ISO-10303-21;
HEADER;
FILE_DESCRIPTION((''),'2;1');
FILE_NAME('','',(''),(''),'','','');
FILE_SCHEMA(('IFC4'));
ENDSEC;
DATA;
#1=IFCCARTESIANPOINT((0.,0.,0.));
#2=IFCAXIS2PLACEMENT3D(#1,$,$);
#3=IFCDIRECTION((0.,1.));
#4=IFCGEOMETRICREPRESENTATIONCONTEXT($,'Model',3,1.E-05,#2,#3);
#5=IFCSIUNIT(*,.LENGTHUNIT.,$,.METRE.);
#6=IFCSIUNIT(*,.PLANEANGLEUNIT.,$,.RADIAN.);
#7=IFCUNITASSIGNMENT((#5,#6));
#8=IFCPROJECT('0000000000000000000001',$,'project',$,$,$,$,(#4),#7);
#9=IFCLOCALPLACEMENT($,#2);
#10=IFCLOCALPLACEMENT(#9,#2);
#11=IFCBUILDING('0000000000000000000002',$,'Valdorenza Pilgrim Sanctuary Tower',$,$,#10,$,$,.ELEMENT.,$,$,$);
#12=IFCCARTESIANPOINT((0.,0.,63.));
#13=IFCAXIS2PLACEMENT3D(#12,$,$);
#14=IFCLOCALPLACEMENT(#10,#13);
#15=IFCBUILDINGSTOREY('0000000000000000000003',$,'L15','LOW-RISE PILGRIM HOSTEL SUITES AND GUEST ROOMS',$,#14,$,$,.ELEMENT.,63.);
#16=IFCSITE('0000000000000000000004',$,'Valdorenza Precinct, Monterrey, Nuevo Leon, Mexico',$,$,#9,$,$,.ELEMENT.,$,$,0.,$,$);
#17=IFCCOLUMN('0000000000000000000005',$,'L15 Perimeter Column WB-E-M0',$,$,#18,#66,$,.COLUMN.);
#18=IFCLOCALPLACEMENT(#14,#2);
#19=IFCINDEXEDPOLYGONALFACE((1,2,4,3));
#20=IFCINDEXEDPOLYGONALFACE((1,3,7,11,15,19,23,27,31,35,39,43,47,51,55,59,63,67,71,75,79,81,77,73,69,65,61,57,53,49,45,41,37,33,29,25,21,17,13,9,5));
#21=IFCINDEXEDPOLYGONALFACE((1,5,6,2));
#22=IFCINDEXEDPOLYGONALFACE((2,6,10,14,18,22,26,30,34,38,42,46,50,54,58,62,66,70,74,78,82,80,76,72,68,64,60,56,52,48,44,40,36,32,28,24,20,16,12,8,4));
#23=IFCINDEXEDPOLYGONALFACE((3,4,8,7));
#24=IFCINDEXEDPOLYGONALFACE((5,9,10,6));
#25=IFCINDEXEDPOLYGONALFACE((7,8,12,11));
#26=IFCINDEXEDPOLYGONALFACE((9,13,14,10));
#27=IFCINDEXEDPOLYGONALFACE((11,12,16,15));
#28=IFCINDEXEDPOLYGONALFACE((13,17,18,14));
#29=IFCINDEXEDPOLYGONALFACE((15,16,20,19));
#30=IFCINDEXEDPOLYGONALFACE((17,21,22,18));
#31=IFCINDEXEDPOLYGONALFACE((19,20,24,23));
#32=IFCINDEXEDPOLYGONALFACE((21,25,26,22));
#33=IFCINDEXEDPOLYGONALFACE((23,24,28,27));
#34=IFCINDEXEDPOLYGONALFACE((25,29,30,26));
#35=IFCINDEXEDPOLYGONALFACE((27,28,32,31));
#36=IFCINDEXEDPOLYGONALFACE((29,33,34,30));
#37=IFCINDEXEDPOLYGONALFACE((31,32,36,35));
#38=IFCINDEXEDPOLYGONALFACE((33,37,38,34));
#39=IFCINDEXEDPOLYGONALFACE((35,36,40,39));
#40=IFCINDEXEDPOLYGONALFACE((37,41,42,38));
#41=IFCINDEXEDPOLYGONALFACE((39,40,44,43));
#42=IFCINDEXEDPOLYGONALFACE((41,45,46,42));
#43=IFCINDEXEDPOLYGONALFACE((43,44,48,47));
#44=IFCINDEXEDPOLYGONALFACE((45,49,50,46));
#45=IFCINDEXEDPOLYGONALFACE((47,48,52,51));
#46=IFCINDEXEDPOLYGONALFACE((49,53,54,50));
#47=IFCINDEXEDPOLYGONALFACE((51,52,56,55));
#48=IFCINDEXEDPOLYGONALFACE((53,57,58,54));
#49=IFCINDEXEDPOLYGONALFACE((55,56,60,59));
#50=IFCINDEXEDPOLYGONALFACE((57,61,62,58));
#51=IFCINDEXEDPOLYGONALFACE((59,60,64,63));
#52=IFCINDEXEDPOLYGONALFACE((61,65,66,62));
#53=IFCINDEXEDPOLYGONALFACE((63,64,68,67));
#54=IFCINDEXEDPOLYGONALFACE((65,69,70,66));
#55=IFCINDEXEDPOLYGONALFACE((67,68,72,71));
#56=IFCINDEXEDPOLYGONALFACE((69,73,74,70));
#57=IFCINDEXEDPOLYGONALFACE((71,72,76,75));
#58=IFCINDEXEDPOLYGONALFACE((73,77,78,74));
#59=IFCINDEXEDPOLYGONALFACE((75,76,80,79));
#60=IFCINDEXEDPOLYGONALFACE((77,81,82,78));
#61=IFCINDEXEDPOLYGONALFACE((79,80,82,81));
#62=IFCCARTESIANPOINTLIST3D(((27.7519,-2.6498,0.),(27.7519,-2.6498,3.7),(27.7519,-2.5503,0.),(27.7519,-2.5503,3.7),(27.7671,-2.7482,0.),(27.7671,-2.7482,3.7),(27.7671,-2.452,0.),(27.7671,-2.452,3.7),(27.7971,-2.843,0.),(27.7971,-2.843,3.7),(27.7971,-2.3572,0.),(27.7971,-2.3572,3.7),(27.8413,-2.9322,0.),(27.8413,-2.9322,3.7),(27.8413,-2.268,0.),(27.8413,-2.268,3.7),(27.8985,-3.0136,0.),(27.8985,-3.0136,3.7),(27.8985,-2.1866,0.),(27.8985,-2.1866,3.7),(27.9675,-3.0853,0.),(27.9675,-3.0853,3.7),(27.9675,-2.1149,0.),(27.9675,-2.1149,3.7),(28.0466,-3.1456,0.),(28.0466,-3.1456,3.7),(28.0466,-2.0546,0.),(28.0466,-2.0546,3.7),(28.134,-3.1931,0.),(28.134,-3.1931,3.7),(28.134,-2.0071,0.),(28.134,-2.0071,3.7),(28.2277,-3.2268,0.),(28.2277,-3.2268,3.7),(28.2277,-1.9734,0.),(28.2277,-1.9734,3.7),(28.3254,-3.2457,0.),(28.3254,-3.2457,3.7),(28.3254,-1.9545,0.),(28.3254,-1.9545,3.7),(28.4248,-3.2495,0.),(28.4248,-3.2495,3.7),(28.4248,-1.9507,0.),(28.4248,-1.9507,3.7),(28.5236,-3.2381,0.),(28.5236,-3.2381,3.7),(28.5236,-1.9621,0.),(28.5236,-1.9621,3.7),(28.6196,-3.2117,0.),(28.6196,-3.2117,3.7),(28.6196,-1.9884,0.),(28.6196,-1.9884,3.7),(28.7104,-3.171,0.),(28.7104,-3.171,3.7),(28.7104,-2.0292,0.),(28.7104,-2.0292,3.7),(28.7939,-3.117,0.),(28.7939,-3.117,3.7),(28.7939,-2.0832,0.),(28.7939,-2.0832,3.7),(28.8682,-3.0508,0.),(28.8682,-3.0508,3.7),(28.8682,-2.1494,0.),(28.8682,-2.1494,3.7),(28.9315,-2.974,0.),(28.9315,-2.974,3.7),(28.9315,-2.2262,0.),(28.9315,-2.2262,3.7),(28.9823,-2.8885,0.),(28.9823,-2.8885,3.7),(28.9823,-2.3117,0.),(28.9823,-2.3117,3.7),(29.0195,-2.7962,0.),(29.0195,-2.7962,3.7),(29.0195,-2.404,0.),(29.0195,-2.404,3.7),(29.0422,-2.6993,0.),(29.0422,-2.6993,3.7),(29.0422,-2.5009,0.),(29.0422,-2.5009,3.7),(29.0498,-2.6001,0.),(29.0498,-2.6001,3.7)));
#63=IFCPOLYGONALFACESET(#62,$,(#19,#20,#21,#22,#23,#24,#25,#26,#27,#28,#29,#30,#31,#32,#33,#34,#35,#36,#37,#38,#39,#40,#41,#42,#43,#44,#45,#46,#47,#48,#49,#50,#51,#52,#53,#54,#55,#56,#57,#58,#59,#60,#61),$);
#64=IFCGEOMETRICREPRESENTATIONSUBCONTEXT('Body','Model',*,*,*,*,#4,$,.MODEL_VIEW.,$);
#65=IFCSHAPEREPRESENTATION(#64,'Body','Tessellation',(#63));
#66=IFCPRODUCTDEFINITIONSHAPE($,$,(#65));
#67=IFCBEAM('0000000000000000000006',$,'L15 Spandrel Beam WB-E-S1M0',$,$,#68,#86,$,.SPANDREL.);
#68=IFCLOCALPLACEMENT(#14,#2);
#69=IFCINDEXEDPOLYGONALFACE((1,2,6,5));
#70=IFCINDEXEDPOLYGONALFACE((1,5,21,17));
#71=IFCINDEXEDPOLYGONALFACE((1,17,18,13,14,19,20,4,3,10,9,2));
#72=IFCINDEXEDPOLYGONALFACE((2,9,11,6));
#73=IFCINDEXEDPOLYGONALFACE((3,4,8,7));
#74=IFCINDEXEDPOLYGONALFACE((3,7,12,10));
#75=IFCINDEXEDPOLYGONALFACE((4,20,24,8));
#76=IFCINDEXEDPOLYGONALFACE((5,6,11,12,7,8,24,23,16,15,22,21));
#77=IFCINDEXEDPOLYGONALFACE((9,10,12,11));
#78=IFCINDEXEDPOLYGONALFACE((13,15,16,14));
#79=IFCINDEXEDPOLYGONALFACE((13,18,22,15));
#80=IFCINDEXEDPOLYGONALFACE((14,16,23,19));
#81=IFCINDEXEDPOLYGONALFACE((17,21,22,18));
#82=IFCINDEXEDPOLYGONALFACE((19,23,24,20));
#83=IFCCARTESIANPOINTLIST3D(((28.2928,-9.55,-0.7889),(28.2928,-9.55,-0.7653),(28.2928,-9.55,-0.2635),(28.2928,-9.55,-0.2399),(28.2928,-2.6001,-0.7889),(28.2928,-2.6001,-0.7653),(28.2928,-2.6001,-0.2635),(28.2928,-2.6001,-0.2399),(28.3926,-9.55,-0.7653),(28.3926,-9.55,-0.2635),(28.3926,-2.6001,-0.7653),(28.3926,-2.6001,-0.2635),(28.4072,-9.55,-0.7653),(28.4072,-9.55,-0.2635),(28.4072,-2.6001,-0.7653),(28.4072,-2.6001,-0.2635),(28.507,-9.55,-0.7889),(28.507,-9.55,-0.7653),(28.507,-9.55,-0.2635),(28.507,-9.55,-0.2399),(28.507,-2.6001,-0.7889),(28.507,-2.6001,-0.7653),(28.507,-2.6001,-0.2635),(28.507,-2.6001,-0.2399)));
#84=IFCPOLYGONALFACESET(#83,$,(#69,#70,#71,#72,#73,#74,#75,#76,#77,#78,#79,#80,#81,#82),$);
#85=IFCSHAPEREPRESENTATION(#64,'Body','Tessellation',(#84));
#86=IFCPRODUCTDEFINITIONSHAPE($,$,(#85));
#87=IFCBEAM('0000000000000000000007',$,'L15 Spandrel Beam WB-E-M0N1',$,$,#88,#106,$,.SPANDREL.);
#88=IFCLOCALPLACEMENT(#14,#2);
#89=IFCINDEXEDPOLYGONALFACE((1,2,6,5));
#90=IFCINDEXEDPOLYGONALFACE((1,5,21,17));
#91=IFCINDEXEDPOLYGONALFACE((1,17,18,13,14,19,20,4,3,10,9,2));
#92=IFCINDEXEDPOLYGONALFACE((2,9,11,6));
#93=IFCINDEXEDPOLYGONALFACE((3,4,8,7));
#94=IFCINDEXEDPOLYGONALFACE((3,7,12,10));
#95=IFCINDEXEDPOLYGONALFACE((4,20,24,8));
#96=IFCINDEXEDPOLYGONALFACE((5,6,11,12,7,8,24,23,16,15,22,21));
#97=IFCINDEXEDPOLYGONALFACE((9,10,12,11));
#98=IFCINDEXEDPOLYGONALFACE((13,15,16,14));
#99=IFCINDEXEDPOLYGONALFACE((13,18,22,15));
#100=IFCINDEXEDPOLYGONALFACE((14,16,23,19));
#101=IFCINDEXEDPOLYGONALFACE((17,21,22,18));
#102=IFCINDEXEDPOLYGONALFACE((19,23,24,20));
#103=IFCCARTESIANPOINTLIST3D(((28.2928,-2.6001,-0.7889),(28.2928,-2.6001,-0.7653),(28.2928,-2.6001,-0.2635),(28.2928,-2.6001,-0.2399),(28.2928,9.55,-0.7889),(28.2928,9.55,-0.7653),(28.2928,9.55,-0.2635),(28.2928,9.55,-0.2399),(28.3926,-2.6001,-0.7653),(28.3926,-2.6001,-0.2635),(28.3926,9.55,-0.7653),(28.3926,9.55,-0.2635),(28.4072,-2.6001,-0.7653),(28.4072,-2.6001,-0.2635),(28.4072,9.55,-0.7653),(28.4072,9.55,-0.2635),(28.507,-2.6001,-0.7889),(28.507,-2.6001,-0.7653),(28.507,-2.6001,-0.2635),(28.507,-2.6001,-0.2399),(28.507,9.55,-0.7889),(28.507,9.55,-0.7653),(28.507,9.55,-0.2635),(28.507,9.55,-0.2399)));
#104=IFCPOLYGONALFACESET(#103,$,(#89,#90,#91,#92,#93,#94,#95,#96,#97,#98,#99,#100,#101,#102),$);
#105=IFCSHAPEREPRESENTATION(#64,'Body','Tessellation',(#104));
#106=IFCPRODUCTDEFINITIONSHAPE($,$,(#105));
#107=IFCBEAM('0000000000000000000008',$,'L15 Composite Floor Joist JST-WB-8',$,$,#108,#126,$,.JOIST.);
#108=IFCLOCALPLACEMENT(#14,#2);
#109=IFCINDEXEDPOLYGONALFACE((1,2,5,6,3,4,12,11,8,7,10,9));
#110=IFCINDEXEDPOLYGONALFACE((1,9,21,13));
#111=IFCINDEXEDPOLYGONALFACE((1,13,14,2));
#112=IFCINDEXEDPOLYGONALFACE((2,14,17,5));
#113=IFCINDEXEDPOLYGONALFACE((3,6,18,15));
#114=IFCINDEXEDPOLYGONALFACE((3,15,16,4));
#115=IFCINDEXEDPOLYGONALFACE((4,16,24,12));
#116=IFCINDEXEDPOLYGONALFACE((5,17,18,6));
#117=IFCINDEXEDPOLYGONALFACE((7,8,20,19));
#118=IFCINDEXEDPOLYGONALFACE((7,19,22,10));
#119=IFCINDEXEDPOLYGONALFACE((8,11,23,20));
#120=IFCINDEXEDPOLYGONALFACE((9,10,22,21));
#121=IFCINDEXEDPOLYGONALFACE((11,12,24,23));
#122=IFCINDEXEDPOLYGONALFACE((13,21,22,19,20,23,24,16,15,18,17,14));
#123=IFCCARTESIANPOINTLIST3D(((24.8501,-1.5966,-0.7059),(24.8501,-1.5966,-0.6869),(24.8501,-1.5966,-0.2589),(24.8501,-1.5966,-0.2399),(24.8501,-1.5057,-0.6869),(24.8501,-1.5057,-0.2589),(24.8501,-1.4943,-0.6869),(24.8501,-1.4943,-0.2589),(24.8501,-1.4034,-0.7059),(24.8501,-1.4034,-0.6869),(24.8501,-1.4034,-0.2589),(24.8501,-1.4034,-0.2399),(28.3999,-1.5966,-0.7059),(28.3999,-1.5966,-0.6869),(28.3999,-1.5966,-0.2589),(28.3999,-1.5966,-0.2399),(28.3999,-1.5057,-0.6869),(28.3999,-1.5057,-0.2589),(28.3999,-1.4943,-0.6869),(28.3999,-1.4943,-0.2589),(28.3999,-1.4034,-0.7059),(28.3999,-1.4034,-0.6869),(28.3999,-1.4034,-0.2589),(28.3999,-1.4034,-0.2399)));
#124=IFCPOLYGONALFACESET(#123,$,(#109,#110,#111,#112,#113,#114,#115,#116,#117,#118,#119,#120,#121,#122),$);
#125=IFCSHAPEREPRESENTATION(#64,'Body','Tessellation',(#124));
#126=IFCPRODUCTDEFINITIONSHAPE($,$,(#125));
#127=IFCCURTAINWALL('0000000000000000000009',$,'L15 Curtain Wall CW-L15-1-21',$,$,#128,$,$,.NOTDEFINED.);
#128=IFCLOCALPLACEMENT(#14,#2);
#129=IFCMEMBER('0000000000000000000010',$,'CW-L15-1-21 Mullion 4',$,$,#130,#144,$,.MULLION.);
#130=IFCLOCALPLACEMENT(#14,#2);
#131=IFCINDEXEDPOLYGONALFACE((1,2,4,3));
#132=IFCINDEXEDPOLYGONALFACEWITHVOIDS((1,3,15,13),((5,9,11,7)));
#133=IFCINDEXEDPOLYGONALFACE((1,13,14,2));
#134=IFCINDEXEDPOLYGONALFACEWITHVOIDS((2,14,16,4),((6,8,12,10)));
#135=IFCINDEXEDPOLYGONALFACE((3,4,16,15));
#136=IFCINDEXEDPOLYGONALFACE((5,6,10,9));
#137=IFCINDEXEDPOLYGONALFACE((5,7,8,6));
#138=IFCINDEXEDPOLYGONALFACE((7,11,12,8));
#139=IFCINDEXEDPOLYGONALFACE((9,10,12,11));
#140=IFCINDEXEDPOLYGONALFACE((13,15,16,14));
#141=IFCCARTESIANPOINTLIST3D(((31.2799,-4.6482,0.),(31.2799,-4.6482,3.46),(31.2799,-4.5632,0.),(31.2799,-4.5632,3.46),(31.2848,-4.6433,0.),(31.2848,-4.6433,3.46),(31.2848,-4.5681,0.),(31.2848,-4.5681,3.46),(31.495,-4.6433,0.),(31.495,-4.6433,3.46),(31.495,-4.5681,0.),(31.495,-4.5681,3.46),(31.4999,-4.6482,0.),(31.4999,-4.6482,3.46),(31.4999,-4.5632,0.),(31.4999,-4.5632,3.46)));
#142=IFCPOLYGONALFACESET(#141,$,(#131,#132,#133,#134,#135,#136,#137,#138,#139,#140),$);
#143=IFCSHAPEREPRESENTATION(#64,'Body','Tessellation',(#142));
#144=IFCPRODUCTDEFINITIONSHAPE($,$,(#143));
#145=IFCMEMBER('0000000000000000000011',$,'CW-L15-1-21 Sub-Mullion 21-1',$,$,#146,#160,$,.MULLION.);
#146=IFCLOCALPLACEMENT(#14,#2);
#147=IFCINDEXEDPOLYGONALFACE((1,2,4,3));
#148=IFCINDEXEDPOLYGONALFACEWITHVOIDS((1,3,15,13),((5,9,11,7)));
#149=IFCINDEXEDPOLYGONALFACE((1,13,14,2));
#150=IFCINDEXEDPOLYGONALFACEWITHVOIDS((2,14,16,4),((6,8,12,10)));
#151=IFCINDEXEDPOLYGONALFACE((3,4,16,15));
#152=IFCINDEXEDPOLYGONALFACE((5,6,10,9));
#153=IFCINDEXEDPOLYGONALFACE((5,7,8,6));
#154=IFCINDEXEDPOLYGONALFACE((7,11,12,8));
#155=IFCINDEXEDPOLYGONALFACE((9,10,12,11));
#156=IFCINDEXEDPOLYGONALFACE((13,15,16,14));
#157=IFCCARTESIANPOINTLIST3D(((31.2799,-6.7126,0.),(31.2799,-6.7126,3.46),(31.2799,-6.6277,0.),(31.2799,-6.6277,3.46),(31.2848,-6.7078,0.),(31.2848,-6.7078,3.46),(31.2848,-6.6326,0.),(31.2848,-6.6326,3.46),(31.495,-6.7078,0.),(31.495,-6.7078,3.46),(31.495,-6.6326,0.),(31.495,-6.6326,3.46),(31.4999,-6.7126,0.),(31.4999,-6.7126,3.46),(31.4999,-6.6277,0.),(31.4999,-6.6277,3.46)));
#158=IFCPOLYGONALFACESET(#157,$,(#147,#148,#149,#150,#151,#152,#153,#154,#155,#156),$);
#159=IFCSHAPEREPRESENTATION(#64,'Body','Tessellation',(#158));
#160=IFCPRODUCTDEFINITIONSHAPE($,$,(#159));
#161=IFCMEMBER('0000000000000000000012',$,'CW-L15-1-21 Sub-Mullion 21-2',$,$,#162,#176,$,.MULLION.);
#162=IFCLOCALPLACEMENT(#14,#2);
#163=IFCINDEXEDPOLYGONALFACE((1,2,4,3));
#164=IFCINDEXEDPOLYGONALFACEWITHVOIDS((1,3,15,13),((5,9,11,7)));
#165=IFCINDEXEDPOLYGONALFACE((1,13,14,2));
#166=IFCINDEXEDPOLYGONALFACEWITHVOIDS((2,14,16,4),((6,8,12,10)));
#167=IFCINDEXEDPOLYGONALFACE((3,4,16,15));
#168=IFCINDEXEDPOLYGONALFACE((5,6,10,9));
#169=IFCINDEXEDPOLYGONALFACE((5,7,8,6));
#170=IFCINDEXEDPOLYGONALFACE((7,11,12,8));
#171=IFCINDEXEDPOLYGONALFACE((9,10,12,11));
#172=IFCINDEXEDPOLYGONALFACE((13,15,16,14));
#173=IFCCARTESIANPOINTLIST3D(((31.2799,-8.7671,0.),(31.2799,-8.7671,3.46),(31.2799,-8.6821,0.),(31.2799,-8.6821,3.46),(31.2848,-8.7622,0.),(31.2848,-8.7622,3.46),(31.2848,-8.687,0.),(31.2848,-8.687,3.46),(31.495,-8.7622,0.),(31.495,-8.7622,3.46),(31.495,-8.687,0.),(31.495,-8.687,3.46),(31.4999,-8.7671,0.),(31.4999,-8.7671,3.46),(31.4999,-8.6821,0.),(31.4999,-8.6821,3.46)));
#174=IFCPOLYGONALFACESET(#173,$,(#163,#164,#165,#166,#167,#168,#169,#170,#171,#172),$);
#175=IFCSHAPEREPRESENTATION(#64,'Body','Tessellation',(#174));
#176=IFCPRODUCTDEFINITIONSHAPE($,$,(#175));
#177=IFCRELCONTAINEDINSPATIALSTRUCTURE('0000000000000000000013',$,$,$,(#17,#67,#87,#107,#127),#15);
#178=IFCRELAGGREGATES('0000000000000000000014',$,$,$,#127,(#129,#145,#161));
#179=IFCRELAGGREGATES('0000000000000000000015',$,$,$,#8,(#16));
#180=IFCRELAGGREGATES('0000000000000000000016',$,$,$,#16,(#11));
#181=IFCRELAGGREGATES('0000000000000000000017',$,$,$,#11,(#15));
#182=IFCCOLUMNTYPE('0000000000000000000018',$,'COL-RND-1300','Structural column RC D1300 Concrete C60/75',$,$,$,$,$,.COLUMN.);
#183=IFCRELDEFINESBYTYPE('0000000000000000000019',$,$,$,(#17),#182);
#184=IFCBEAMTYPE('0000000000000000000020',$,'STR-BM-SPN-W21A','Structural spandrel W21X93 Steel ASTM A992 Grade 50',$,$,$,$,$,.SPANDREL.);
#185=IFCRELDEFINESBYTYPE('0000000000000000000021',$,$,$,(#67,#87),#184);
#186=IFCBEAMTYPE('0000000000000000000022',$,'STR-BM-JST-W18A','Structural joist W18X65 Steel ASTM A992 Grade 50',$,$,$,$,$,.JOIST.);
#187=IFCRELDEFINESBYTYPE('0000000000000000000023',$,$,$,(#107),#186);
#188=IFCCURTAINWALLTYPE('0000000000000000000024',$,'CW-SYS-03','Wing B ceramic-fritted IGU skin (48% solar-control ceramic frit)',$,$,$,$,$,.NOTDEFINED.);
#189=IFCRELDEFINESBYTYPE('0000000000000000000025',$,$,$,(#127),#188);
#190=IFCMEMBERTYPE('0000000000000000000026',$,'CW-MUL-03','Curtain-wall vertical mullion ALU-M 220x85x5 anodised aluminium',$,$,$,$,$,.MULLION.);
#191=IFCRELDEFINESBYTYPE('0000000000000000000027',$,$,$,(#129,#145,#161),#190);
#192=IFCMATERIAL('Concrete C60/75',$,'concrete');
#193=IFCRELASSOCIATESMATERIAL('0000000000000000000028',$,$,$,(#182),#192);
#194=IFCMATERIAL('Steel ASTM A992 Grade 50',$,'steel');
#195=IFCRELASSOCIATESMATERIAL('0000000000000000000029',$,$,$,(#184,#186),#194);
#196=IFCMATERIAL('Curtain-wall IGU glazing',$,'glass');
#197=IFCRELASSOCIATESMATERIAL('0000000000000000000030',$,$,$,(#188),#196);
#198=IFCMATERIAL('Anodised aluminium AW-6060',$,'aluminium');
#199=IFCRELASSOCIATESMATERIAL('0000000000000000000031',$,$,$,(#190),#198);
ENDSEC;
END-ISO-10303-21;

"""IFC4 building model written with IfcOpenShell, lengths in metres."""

from ifc_helpers import new_model, si_unit, direction, frame, origin, origin_2d, place, context, subcontext, project, spatial, hollow_rectangle, circle, i_section, extrude, source, transform, mapped, material, material_profile, profile_set, type_object, element, aggregate, save


model = new_model("IFC4")

# Units and contexts
model_context = context("Model", 3, precision=1e-05, world=origin(), true_north=direction((0.0, 1.0)))
body_context = subcontext(model_context, "Body", "Model", "MODEL_VIEW")
ifc_project = project(units=[si_unit("LENGTHUNIT", "METRE"), si_unit("PLANEANGLEUNIT", "RADIAN")], contexts=[model_context])

# Site, building, storey
site_placement = place(None, origin())
site = spatial("IfcSite", under=ifc_project, at=site_placement, Name="Valdorenza Precinct, Monterrey, Nuevo Leon, Mexico", CompositionType="ELEMENT", RefElevation=0.0)
building_placement = place(site_placement, origin())
building = spatial("IfcBuilding", under=site, at=building_placement, Name="Valdorenza Pilgrim Sanctuary Tower", CompositionType="ELEMENT")
storey_placement = place(building_placement, frame((0.0, 0.0, 63.0)))
storey = spatial("IfcBuildingStorey", under=building, at=storey_placement, Name="L15", Description="LOW-RISE PILGRIM HOSTEL SUITES AND GUEST ROOMS", CompositionType="ELEMENT", Elevation=63.0)

# Column
ifc_material_1 = material(Name="Concrete C60/75", Category="concrete")
ifc_material_profile_1 = material_profile(ifc_material_1, circle(Radius=0.6499, at=origin_2d()), Name="RC D1300")
ifc_profile_set_1 = profile_set([ifc_material_profile_1], Name="Concrete C60/75")
column_type = type_object("IfcColumnType", Name="COL-RND-1300", Description="Structural column RC D1300 Concrete C60/75", PredefinedType="COLUMN", material=ifc_profile_set_1)
shared_shape_1 = source(origin(), body_context, "Body", "SweptSolid", [
    extrude(circle(Radius=0.6499, at=origin_2d()), origin(), (0.0, 0.0, 1.0), 3.7),
])
column_placement = place(storey_placement, frame((28.3999, -2.6001, 0.0), z_axis=(0.0, 0.0, 1.0), x_axis=(1.0, 0.0, 0.0)))
element("IfcColumn", 1, at=column_placement, inside=storey, type_object=column_type, Name="L15 Perimeter Column WB-E-M0", PredefinedType="COLUMN", context=body_context, shape_type="MappedRepresentation", body=[
    mapped(shared_shape_1, transform((0.0, 0.0, 0.0), x_axis=(1.0, 0.0, 0.0), y_axis=(0.0, 1.0, 0.0), z_axis=(0.0, 0.0, 1.0), scale=1.0)),
])

# Beams
ifc_material_2 = material(Name="Steel ASTM A992 Grade 50", Category="steel")
ifc_material_profile_2 = material_profile(ifc_material_2, i_section(OverallWidth=0.2141, OverallDepth=0.5491, WebThickness=0.0146, FlangeThickness=0.0237, at=origin_2d()), Name="W21X93")
ifc_profile_set_2 = profile_set([ifc_material_profile_2], Name="Steel ASTM A992 Grade 50")
beam_type_1 = type_object("IfcBeamType", Name="STR-BM-SPN-W21A", Description="Structural spandrel W21X93 Steel ASTM A992 Grade 50", PredefinedType="SPANDREL", material=ifc_profile_set_2)
shared_shape_2 = source(origin(), body_context, "Body", "SweptSolid", [
    extrude(i_section(OverallWidth=0.2141, OverallDepth=0.5491, WebThickness=0.0146, FlangeThickness=0.0237, at=origin_2d()), origin(), (0.0, 0.0, 1.0), 6.95),
])
beam_1_placement = place(storey_placement, frame((28.3999, -9.55, -0.5144), z_axis=(0.0, 1.0, 0.0), x_axis=(-1.0, 0.0, 0.0)))
element("IfcBeam", 2, at=beam_1_placement, inside=storey, type_object=beam_type_1, Name="L15 Spandrel Beam WB-E-S1M0", PredefinedType="SPANDREL", context=body_context, shape_type="MappedRepresentation", body=[
    mapped(shared_shape_2, transform((0.0, 0.0, 0.0), x_axis=(1.0, 0.0, 0.0), y_axis=(0.0, 1.0, 0.0), z_axis=(0.0, 0.0, 1.0), scale=1.0)),
])
shared_shape_3 = source(origin(), body_context, "Body", "SweptSolid", [
    extrude(i_section(OverallWidth=0.2141, OverallDepth=0.5491, WebThickness=0.0146, FlangeThickness=0.0237, at=origin_2d()), origin(), (0.0, 0.0, 1.0), 12.1501),
])
beam_2_placement = place(storey_placement, frame((28.3999, -2.6001, -0.5144), z_axis=(0.0, 1.0, 0.0), x_axis=(-1.0, 0.0, 0.0)))
element("IfcBeam", 3, at=beam_2_placement, inside=storey, type_object=beam_type_1, Name="L15 Spandrel Beam WB-E-M0N1", PredefinedType="SPANDREL", context=body_context, shape_type="MappedRepresentation", body=[
    mapped(shared_shape_3, transform((0.0, 0.0, 0.0), x_axis=(1.0, 0.0, 0.0), y_axis=(0.0, 1.0, 0.0), z_axis=(0.0, 0.0, 1.0), scale=1.0)),
])
ifc_material_profile_3 = material_profile(ifc_material_2, i_section(OverallWidth=0.1931, OverallDepth=0.4661, WebThickness=0.0115, FlangeThickness=0.019, at=origin_2d()), Name="W18X65")
ifc_profile_set_3 = profile_set([ifc_material_profile_3], Name="Steel ASTM A992 Grade 50")
beam_type_2 = type_object("IfcBeamType", Name="STR-BM-JST-W18A", Description="Structural joist W18X65 Steel ASTM A992 Grade 50", PredefinedType="JOIST", material=ifc_profile_set_3)
shared_shape_4 = source(origin(), body_context, "Body", "SweptSolid", [
    extrude(i_section(OverallWidth=0.1931, OverallDepth=0.4661, WebThickness=0.0115, FlangeThickness=0.019, at=origin_2d()), origin(), (0.0, 0.0, 1.0), 3.5498),
])
beam_3_placement = place(storey_placement, frame((24.8501, -1.5, -0.4729), z_axis=(1.0, 0.0, 0.0), x_axis=(0.0, 1.0, 0.0)))
element("IfcBeam", 4, at=beam_3_placement, inside=storey, type_object=beam_type_2, Name="L15 Composite Floor Joist JST-WB-8", PredefinedType="JOIST", context=body_context, shape_type="MappedRepresentation", body=[
    mapped(shared_shape_4, transform((0.0, 0.0, 0.0), x_axis=(1.0, 0.0, 0.0), y_axis=(0.0, 1.0, 0.0), z_axis=(0.0, 0.0, 1.0), scale=1.0)),
])

# Curtain wall, members
ifc_material_3 = material(Name="Curtain-wall IGU glazing", Category="glass")
curtain_wall_type = type_object("IfcCurtainWallType", Name="CW-SYS-03", Description="Wing B ceramic-fritted IGU skin (48% solar-control ceramic frit)", PredefinedType="NOTDEFINED", material=ifc_material_3)
curtain_wall_placement = place(storey_placement, origin())
curtain_wall = element("IfcCurtainWall", 5, at=curtain_wall_placement, inside=storey, type_object=curtain_wall_type, Name="L15 Curtain Wall CW-L15-1-21", PredefinedType="NOTDEFINED")
ifc_material_4 = material(Name="Anodised aluminium AW-6060", Category="aluminium")
ifc_material_profile_4 = material_profile(ifc_material_4, hollow_rectangle(XDim=0.085, YDim=0.22, WallThickness=0.0049, at=origin_2d()), Name="ALU-M 220x85x5")
ifc_profile_set_4 = profile_set([ifc_material_profile_4], Name="Anodised aluminium AW-6060")
member_type = type_object("IfcMemberType", Name="CW-MUL-03", Description="Curtain-wall vertical mullion ALU-M 220x85x5 anodised aluminium", PredefinedType="MULLION", material=ifc_profile_set_4)
shared_shape_5 = source(origin(), body_context, "Body", "SweptSolid", [
    extrude(hollow_rectangle(XDim=0.085, YDim=0.22, WallThickness=0.0049, at=origin_2d()), origin(), (0.0, 0.0, 1.0), 3.46),
])
member_1_placement = place(storey_placement, frame((31.3899, -4.6057, 0.0), z_axis=(0.0, 0.0, 1.0), x_axis=(0.0, -1.0, 0.0)))
member_1 = element("IfcMember", 6, at=member_1_placement, type_object=member_type, Name="CW-L15-1-21 Mullion 4", PredefinedType="MULLION", context=body_context, shape_type="MappedRepresentation", body=[
    mapped(shared_shape_5, transform((0.0, 0.0, 0.0), x_axis=(1.0, 0.0, 0.0), y_axis=(0.0, 1.0, 0.0), z_axis=(0.0, 0.0, 1.0), scale=1.0)),
])
member_2_placement = place(storey_placement, frame((31.3899, -6.6702, 0.0), z_axis=(0.0, 0.0, 1.0), x_axis=(0.0, -1.0, 0.0)))
member_2 = element("IfcMember", 7, at=member_2_placement, type_object=member_type, Name="CW-L15-1-21 Sub-Mullion 21-1", PredefinedType="MULLION", context=body_context, shape_type="MappedRepresentation", body=[
    mapped(shared_shape_5, transform((0.0, 0.0, 0.0), x_axis=(1.0, 0.0, 0.0), y_axis=(0.0, 1.0, 0.0), z_axis=(0.0, 0.0, 1.0), scale=1.0)),
])
member_3_placement = place(storey_placement, frame((31.3899, -8.7246, 0.0), z_axis=(0.0, 0.0, 1.0), x_axis=(0.0, -1.0, 0.0)))
member_3 = element("IfcMember", 8, at=member_3_placement, type_object=member_type, Name="CW-L15-1-21 Sub-Mullion 21-2", PredefinedType="MULLION", context=body_context, shape_type="MappedRepresentation", body=[
    mapped(shared_shape_5, transform((0.0, 0.0, 0.0), x_axis=(1.0, 0.0, 0.0), y_axis=(0.0, 1.0, 0.0), z_axis=(0.0, 0.0, 1.0), scale=1.0)),
])
aggregate(curtain_wall, [member_1, member_2, member_3])

save(model, "model.ifc")
